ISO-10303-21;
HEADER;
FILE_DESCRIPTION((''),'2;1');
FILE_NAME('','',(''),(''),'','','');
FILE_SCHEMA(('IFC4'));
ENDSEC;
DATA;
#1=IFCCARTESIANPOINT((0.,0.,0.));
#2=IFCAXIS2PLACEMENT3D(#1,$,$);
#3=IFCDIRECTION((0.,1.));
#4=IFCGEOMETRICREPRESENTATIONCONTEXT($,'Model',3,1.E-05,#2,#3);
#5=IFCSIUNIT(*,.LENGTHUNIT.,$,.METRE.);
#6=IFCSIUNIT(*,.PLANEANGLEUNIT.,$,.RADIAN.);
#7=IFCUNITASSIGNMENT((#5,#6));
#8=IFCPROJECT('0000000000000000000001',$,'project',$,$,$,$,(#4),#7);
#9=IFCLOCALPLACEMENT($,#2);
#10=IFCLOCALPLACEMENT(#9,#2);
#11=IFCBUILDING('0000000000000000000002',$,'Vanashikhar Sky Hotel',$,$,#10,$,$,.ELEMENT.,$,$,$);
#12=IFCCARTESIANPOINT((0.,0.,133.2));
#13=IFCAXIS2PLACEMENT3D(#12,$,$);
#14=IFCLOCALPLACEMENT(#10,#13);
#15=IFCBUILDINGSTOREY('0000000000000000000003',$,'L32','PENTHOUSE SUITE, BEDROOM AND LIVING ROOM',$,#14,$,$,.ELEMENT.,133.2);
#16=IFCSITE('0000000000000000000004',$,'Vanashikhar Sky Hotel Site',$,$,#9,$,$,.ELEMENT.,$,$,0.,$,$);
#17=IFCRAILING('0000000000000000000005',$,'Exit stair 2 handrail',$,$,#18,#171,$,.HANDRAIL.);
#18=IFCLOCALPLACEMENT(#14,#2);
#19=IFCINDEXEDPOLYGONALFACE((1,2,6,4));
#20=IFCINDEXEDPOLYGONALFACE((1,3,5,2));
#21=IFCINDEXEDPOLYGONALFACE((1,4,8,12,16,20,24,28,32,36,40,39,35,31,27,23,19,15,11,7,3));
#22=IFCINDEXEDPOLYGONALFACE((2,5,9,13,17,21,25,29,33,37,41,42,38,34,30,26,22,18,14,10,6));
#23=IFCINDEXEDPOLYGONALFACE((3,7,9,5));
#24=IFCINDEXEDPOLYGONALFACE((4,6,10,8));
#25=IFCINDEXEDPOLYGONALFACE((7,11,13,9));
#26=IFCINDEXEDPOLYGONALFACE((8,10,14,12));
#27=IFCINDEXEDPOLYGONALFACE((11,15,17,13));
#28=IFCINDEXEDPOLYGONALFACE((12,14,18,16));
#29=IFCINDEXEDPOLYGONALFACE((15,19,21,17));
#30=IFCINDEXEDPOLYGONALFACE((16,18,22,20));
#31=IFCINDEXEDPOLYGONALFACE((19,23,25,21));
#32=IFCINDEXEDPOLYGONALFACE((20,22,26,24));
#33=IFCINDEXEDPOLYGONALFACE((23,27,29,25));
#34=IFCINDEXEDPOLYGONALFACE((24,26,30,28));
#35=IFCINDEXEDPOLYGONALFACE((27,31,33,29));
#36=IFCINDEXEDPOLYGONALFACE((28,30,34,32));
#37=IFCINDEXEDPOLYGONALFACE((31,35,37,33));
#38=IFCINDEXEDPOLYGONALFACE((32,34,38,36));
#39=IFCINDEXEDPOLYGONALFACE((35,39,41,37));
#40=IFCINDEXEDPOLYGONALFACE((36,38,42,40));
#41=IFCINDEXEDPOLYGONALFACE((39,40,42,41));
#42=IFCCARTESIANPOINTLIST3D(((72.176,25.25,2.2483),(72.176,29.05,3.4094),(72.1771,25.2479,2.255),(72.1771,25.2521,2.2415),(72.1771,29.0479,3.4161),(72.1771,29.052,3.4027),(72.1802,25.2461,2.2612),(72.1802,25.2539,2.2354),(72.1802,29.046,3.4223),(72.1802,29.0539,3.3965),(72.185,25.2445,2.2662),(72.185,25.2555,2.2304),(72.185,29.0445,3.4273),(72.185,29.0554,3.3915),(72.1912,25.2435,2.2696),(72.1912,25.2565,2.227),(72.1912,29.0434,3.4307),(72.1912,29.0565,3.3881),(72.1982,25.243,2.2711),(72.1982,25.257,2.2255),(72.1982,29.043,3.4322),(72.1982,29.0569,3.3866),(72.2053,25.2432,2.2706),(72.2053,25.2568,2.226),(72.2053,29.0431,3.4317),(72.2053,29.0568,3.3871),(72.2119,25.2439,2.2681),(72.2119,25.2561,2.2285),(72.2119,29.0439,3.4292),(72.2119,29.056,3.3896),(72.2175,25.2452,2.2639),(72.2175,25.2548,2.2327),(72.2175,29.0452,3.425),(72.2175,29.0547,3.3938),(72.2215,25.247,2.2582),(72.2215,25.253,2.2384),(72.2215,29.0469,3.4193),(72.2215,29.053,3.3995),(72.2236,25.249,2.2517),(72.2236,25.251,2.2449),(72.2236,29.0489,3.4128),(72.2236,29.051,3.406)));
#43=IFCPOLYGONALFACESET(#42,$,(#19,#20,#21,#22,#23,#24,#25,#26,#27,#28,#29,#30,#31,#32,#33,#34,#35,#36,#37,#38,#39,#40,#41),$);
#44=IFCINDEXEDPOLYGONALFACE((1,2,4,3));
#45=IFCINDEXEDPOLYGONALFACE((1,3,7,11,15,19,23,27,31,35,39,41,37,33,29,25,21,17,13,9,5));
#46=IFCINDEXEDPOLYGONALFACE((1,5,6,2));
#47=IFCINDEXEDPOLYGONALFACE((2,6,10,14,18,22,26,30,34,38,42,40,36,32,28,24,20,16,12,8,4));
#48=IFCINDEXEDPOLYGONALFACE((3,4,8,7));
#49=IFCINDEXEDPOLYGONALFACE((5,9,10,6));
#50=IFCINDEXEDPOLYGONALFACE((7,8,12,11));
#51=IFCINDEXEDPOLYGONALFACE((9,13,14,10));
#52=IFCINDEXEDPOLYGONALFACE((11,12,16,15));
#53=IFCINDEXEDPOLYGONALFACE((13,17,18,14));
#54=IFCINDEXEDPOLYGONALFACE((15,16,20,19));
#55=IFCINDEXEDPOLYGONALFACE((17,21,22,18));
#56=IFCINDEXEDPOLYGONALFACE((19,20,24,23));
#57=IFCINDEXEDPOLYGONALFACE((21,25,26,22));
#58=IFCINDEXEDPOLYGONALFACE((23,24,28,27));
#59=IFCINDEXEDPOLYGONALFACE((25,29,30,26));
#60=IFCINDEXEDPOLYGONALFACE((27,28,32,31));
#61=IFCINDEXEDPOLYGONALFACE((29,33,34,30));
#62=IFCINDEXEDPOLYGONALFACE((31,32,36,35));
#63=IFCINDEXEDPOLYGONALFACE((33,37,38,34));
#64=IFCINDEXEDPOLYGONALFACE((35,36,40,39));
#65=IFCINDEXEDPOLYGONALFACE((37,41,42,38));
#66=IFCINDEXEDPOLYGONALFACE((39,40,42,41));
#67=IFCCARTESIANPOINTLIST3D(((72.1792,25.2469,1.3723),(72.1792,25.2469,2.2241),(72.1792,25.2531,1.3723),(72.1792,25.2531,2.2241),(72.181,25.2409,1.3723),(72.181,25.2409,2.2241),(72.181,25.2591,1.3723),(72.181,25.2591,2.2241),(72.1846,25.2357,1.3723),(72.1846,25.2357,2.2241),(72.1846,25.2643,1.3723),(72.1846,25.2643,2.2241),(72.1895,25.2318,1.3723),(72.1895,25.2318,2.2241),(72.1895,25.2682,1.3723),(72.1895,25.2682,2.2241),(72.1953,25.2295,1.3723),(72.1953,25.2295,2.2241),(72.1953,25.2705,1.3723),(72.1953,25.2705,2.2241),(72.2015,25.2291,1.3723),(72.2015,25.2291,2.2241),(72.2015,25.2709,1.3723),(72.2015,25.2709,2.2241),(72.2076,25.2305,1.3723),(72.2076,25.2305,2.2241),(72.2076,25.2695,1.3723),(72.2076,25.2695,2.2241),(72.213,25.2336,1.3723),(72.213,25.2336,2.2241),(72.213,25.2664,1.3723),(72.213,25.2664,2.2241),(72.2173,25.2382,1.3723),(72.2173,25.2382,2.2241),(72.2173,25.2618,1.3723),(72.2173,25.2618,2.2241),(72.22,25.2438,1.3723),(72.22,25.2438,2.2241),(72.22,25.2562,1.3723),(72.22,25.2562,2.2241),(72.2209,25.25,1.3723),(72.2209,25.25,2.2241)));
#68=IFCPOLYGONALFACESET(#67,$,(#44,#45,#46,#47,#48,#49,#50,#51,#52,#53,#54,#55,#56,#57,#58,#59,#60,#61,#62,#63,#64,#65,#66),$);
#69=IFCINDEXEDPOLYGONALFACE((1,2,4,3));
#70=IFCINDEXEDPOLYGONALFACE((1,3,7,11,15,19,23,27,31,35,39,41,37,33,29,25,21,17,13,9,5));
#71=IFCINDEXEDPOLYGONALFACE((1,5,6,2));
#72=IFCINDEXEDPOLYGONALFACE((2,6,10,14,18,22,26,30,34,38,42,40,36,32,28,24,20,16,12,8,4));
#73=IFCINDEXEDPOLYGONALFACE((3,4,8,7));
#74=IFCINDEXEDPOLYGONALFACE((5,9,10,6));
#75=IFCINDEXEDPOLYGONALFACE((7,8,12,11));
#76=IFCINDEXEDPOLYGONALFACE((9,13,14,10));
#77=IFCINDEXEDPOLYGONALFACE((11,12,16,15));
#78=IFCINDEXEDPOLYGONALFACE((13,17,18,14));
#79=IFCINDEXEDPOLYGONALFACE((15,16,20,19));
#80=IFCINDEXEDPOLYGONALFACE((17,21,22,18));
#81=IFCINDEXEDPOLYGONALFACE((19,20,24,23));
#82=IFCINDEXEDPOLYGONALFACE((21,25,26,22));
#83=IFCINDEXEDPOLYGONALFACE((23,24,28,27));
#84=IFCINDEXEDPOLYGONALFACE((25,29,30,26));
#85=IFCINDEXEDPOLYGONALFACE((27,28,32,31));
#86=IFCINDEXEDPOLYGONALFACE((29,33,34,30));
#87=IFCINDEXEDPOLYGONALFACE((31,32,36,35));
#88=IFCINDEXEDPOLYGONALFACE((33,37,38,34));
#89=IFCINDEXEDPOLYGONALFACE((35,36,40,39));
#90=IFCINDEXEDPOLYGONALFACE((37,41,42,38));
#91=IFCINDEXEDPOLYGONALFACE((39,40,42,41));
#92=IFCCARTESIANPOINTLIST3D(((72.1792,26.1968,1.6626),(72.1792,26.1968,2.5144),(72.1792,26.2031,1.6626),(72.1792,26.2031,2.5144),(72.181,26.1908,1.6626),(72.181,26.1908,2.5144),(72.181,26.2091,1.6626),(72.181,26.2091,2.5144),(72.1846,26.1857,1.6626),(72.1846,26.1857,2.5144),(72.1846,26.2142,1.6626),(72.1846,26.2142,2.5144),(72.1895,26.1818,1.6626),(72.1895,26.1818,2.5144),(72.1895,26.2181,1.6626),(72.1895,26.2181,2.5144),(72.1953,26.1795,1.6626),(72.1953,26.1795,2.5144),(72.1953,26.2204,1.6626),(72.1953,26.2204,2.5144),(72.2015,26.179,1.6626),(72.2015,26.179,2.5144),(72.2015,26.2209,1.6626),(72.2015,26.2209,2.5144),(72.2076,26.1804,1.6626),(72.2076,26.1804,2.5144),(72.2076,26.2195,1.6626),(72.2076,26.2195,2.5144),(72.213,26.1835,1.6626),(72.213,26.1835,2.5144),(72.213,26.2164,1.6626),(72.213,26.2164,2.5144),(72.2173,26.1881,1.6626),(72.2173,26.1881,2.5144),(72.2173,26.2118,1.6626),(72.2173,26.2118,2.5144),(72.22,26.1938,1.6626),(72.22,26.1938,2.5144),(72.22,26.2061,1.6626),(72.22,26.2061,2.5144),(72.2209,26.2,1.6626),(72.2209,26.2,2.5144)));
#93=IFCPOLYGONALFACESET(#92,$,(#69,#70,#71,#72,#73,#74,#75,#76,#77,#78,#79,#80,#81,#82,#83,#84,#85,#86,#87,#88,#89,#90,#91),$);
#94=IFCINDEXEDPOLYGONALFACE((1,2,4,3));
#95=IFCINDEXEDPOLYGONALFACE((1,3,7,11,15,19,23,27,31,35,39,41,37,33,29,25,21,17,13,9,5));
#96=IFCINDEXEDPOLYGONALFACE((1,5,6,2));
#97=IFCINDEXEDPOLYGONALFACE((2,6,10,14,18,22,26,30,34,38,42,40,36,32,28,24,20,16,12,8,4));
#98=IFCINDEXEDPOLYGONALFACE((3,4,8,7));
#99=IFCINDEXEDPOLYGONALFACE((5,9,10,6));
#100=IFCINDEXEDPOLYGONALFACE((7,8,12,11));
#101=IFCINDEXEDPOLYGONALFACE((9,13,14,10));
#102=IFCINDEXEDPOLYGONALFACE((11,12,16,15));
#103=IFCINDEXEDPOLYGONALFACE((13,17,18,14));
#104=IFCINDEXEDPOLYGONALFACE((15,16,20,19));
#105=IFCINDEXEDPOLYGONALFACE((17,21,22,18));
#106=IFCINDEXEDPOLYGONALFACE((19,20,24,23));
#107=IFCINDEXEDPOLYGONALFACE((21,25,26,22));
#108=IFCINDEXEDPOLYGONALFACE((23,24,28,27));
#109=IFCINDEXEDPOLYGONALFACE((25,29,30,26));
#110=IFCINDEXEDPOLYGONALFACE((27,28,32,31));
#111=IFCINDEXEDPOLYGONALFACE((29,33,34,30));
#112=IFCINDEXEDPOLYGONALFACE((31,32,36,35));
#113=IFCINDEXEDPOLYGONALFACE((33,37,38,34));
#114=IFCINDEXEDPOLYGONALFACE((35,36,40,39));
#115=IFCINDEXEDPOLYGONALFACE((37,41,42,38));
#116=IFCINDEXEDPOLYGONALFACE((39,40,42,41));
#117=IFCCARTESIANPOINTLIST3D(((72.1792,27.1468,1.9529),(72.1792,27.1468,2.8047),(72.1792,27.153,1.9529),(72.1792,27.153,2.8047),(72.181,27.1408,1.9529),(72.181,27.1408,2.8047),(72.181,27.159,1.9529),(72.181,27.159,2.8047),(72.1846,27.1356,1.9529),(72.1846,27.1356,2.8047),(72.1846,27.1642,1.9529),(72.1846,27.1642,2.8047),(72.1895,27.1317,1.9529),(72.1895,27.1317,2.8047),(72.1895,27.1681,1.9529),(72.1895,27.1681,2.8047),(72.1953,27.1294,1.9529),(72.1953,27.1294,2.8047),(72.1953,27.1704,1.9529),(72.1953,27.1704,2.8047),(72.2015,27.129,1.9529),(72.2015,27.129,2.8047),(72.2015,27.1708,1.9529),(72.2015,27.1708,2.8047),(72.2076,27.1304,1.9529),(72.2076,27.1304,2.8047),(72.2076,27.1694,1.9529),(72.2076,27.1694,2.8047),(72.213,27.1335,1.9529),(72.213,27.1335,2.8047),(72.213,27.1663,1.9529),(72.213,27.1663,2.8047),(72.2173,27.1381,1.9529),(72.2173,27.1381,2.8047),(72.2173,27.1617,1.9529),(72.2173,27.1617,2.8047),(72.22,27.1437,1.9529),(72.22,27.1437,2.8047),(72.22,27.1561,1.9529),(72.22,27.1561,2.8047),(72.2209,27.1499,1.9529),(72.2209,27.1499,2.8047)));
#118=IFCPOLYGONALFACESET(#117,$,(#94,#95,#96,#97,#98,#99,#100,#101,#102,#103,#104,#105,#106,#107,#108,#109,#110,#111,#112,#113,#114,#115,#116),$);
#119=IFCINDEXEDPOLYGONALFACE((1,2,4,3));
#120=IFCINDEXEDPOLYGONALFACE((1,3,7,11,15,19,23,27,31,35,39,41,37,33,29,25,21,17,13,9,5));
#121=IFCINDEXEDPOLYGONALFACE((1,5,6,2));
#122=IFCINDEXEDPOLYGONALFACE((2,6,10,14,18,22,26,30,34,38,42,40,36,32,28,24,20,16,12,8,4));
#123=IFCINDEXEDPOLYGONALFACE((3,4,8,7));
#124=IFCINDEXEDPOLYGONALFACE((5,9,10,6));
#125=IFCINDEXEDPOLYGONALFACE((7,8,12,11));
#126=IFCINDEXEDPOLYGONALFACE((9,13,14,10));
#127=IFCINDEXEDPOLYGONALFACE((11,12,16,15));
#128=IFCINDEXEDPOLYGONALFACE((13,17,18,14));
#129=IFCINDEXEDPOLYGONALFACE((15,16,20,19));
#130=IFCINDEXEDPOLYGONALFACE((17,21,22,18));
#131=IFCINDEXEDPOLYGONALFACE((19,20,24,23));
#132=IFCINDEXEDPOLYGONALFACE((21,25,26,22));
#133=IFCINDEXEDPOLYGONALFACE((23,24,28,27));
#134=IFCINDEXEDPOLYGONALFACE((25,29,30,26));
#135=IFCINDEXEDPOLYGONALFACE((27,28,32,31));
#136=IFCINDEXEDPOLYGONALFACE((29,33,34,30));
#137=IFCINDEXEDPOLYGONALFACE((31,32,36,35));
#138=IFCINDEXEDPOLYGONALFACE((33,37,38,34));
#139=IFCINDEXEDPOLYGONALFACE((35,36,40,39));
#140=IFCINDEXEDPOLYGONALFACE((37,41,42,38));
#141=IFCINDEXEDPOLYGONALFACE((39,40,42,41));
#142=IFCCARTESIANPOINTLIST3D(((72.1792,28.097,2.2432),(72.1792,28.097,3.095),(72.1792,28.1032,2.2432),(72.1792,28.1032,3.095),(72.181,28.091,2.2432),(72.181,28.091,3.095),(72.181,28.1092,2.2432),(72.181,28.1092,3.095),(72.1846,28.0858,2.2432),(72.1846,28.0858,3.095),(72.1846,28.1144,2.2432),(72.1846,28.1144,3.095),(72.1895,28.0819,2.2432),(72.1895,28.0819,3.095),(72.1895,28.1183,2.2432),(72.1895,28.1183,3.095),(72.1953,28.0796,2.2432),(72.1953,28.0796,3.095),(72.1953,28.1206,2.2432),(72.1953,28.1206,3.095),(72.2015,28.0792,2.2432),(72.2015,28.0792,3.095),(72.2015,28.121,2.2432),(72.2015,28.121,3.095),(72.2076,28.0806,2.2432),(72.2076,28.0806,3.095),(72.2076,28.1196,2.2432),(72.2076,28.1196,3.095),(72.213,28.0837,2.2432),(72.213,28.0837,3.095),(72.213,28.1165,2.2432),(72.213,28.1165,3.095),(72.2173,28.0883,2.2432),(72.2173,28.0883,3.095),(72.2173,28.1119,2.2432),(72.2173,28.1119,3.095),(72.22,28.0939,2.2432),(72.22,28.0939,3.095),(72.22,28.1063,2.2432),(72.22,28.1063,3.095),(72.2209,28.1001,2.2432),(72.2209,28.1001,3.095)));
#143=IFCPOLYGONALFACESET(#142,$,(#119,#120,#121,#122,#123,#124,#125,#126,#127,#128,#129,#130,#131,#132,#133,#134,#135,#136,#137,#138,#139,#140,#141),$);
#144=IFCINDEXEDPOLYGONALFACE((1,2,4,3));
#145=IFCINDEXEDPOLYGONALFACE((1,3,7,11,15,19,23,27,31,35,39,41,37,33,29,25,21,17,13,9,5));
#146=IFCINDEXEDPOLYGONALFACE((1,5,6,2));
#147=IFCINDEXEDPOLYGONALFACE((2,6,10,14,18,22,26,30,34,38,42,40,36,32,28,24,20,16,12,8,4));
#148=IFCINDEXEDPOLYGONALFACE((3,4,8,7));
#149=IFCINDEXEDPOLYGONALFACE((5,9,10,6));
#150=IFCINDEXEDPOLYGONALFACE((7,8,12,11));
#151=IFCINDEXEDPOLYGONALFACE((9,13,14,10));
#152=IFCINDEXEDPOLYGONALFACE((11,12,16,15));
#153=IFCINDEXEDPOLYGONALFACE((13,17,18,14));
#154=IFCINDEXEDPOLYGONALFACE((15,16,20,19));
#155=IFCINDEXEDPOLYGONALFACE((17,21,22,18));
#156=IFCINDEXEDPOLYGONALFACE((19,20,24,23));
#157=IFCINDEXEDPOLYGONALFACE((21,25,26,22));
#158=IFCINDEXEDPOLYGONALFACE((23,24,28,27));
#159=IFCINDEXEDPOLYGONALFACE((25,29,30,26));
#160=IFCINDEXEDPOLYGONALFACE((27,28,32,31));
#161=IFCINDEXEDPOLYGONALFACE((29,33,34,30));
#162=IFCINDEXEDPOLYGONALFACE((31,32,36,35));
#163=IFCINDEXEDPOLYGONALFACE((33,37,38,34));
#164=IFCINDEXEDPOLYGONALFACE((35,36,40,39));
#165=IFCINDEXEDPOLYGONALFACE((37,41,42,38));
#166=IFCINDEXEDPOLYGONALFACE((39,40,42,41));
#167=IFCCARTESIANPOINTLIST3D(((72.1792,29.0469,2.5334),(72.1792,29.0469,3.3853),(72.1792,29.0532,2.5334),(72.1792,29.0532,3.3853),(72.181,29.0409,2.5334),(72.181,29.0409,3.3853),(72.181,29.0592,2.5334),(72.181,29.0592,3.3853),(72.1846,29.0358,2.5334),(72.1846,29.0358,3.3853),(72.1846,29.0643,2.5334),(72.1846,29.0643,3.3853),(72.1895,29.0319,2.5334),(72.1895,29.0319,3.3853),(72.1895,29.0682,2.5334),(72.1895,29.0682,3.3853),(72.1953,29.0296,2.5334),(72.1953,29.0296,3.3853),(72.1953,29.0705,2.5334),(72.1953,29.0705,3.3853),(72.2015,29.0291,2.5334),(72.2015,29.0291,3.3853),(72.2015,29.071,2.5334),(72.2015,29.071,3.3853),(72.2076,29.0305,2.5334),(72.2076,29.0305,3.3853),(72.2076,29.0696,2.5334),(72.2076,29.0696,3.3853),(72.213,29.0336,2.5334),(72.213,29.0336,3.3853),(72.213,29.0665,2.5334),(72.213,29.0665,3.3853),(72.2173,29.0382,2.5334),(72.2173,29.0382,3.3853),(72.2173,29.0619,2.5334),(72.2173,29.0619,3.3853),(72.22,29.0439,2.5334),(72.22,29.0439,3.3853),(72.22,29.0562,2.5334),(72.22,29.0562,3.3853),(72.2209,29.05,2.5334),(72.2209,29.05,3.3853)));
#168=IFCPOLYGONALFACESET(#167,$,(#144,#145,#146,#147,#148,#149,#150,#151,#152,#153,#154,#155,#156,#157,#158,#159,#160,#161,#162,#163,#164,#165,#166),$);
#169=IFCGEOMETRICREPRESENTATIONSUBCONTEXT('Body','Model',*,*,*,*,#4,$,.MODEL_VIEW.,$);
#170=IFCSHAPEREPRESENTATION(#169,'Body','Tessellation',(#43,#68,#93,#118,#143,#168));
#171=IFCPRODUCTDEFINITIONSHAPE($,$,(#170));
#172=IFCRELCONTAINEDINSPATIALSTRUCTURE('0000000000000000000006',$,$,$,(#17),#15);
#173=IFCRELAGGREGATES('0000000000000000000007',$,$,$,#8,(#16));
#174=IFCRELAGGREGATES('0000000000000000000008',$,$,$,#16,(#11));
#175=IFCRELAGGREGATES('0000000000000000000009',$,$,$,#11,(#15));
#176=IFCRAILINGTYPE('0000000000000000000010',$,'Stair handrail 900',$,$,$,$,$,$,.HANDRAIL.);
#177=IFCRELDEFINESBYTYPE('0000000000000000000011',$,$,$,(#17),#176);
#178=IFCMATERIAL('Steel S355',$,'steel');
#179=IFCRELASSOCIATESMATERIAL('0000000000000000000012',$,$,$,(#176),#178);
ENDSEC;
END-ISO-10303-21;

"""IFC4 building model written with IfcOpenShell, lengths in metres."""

from ifc_helpers import new_model, si_unit, direction, frame, origin, origin_2d, place, context, subcontext, project, spatial, circle, extrude, source, transform, mapped, material, type_object, element, save


model = new_model("IFC4")

# Units and contexts
model_context = context("Model", 3, precision=1e-05, world=origin(), true_north=direction((0.0, 1.0)))
body_context = subcontext(model_context, "Body", "Model", "MODEL_VIEW")
ifc_project = project(units=[si_unit("LENGTHUNIT", "METRE"), si_unit("PLANEANGLEUNIT", "RADIAN")], contexts=[model_context])

# Site, building, storey
site_placement = place(None, origin())
site = spatial("IfcSite", under=ifc_project, at=site_placement, Name="Vanashikhar Sky Hotel Site", CompositionType="ELEMENT", RefElevation=0.0)
building_placement = place(site_placement, origin())
building = spatial("IfcBuilding", under=site, at=building_placement, Name="Vanashikhar Sky Hotel", CompositionType="ELEMENT")
storey_placement = place(building_placement, frame((0.0, 0.0, 133.2)))
storey = spatial("IfcBuildingStorey", under=building, at=storey_placement, Name="L32", Description="PENTHOUSE SUITE, BEDROOM AND LIVING ROOM", CompositionType="ELEMENT", Elevation=133.2)

# Railing
ifc_material_1 = material(Name="Steel S355", Category="steel")
railing_type_1 = type_object("IfcRailingType", Name="Stair handrail 900", PredefinedType="HANDRAIL", material=ifc_material_1)
shared_shape_1 = source(origin(), body_context, "Body", "SweptSolid", [
    extrude(circle(Radius=0.0239, at=origin_2d()), frame((0.0, 0.0, 0.876), z_axis=(0.0, 0.956351, 0.29222), x_axis=(-1.0, 0.0, 0.0)), (0.0, 0.0, 1.0), 3.9734),
    extrude(circle(Radius=0.021, at=origin_2d()), origin(), (0.0, 0.0, 1.0), 0.8518),
    extrude(circle(Radius=0.021, at=origin_2d()), frame((0.0, 0.95, 0.2903)), (0.0, 0.0, 1.0), 0.8518),
    extrude(circle(Radius=0.021, at=origin_2d()), frame((0.0, 1.8999, 0.5806)), (0.0, 0.0, 1.0), 0.8518),
    extrude(circle(Radius=0.021, at=origin_2d()), frame((0.0, 2.8501, 0.8708)), (0.0, 0.0, 1.0), 0.8518),
    extrude(circle(Radius=0.021, at=origin_2d()), frame((0.0, 3.8, 1.1611)), (0.0, 0.0, 1.0), 0.8518),
])
for number, where, name in (
    (1, (72.2, 25.25, 1.3723), "Exit stair 2 handrail"),
):
    element("IfcRailing", number, at=place(storey_placement, frame(where)), inside=storey, type_object=railing_type_1, Name=name, PredefinedType="HANDRAIL", context=body_context, shape_type="MappedRepresentation", body=[
        mapped(shared_shape_1, transform((0.0, 0.0, 0.0), scale=1.0)),
    ])

save(model, "model.ifc")
